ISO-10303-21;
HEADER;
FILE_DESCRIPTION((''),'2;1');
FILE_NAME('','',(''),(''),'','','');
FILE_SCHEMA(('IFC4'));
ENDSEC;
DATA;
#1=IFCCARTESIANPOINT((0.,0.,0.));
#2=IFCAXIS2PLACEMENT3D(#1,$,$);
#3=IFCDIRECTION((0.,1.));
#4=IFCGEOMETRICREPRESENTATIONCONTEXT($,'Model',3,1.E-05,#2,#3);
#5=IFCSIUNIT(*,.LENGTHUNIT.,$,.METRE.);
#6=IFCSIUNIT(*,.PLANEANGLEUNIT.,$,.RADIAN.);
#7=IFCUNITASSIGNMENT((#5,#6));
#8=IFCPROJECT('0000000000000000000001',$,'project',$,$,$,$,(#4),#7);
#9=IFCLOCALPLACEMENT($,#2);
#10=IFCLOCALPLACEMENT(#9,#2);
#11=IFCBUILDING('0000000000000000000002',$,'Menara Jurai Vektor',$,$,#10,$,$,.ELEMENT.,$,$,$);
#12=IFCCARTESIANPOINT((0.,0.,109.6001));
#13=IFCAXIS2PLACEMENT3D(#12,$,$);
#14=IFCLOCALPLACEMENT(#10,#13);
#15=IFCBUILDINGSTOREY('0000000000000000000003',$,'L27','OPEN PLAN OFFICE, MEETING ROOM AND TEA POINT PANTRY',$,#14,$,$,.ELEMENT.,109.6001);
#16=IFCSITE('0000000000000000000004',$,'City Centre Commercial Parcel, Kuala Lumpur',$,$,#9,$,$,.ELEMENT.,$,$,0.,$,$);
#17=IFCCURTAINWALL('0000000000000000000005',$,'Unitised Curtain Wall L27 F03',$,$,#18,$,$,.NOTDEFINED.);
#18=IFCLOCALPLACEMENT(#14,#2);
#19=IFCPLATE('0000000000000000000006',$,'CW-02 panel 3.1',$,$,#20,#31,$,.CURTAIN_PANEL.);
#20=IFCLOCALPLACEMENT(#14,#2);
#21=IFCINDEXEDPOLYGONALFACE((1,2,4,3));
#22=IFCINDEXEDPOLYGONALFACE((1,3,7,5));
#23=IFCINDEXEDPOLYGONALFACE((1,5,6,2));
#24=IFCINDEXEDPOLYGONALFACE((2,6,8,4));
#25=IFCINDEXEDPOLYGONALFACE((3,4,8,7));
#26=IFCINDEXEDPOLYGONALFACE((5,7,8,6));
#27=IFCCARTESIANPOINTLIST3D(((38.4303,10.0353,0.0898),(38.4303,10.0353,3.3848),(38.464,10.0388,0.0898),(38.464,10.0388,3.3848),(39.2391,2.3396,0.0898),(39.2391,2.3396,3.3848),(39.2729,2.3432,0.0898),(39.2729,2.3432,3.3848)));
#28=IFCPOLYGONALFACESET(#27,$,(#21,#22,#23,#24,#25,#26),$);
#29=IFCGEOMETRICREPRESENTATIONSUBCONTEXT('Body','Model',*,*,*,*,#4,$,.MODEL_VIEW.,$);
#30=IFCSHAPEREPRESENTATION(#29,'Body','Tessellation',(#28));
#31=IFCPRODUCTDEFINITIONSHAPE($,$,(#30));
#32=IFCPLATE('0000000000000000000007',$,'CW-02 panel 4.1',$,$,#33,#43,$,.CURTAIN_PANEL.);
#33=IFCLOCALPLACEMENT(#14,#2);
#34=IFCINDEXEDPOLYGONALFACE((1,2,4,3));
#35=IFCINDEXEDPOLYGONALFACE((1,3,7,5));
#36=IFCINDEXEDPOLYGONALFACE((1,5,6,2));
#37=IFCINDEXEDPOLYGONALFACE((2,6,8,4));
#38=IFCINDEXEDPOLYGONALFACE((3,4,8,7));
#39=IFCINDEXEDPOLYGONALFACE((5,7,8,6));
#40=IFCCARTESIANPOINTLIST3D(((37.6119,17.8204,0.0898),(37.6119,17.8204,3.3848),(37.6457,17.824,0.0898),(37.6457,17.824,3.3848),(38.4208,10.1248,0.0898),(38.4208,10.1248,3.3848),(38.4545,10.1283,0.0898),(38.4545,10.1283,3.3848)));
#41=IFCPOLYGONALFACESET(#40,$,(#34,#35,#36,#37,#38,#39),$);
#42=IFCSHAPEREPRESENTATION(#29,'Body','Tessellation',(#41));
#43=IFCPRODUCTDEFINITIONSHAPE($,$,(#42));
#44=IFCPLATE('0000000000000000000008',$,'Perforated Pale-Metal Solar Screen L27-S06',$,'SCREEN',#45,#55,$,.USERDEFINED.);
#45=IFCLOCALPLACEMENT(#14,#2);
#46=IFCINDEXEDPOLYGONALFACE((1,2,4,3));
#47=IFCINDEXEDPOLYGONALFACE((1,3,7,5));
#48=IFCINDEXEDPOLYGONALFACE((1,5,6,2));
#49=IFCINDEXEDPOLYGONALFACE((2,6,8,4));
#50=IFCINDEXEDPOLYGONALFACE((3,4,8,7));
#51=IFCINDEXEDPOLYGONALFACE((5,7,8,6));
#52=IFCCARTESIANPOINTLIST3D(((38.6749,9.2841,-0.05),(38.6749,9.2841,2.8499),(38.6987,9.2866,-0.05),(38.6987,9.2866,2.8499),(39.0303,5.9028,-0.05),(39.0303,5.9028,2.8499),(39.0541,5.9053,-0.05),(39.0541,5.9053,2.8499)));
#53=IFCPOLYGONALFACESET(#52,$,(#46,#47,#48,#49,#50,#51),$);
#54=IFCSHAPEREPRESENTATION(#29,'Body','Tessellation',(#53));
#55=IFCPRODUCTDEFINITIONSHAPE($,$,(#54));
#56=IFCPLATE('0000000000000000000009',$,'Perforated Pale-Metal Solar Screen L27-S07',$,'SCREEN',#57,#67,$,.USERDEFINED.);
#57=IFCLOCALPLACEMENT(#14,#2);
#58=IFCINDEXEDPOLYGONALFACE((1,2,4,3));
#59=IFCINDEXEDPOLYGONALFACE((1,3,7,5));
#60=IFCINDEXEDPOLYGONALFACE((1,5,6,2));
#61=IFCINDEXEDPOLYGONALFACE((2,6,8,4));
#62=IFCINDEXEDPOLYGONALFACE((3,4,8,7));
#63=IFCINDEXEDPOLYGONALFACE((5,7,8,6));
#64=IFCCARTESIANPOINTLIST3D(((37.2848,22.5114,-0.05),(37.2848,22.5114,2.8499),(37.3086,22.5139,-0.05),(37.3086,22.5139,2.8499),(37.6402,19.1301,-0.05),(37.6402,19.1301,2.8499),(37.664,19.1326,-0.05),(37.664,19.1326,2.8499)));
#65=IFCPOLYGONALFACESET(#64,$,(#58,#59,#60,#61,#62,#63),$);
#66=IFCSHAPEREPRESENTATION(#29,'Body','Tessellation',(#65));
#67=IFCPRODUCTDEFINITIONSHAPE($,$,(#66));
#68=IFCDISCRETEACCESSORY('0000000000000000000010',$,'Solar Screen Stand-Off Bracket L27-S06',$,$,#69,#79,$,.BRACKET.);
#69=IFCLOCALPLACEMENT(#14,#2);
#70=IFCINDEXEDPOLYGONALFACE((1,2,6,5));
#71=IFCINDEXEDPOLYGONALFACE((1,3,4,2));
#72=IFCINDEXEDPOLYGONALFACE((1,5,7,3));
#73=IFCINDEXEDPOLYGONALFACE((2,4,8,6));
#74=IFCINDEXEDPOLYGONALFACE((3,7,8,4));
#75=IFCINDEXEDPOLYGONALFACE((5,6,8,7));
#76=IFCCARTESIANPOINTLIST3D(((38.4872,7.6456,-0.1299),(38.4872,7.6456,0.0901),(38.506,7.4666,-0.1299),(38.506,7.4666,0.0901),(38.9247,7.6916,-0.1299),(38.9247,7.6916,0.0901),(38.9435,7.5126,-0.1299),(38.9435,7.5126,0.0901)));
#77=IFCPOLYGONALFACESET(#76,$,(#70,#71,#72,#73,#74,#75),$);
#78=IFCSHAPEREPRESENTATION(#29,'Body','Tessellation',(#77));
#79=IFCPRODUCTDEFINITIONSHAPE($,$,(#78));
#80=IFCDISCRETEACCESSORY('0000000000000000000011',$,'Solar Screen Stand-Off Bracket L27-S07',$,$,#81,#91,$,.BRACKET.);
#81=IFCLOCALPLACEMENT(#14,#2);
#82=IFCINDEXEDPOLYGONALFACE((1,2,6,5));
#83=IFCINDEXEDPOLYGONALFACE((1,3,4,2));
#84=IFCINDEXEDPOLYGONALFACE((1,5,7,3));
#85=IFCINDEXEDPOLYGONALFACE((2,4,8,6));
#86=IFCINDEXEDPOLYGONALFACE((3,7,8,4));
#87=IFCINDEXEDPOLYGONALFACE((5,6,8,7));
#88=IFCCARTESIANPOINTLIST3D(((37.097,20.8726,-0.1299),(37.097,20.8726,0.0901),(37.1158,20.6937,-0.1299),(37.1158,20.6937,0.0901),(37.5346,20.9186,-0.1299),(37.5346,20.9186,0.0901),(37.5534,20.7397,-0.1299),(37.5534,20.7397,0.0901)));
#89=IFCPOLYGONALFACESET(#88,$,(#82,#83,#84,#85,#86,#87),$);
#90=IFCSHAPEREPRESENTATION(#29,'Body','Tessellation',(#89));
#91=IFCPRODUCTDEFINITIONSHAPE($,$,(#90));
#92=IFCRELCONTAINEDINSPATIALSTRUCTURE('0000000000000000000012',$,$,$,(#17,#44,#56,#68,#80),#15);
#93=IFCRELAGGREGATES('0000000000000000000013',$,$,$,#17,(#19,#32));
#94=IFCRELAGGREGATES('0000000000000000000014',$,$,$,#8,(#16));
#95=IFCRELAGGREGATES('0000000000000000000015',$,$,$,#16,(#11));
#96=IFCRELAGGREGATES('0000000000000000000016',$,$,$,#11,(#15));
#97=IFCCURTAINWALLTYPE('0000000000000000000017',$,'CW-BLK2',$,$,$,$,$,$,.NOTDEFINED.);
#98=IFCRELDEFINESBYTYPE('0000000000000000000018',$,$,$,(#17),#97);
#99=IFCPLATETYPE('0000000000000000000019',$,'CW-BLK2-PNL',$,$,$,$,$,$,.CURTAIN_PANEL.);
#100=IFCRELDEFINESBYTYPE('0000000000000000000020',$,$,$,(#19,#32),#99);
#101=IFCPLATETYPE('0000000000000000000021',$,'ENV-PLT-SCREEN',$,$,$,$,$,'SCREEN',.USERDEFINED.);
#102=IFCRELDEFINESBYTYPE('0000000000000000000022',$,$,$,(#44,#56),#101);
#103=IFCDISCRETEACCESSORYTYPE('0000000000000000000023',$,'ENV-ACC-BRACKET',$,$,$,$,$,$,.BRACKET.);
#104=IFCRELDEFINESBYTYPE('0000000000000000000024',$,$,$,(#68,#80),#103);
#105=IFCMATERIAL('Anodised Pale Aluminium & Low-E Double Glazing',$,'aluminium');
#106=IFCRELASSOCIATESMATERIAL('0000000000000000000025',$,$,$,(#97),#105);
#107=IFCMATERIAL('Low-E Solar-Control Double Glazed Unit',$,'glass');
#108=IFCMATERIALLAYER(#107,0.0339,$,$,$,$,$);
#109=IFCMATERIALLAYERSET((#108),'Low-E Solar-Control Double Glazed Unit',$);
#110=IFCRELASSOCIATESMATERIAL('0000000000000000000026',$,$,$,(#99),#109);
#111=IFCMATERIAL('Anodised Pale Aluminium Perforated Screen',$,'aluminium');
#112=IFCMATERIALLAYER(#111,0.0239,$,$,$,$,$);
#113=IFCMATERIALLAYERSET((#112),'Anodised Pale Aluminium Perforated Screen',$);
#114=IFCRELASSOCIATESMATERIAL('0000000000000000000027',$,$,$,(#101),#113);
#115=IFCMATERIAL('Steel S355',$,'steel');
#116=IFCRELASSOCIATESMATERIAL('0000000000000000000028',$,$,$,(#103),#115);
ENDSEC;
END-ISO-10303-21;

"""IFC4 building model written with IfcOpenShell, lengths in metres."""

from ifc_helpers import new_model, si_unit, direction, frame, origin, origin_2d, place, context, subcontext, project, spatial, rectangle, extrude, material, layer, layer_set, type_object, element, aggregate, save


model = new_model("IFC4")

# Units and contexts
model_context = context("Model", 3, precision=1e-05, world=origin(), true_north=direction((0.0, 1.0)))
body_context = subcontext(model_context, "Body", "Model", "MODEL_VIEW")
ifc_project = project(units=[si_unit("LENGTHUNIT", "METRE"), si_unit("PLANEANGLEUNIT", "RADIAN")], contexts=[model_context])

# Site, building, storey
site_placement = place(None, origin())
site = spatial("IfcSite", under=ifc_project, at=site_placement, Name="City Centre Commercial Parcel, Kuala Lumpur", CompositionType="ELEMENT", RefElevation=0.0)
building_placement = place(site_placement, origin())
building = spatial("IfcBuilding", under=site, at=building_placement, Name="Menara Jurai Vektor", CompositionType="ELEMENT")
storey_placement = place(building_placement, frame((0.0, 0.0, 109.6001)))
storey = spatial("IfcBuildingStorey", under=building, at=storey_placement, Name="L27", Description="OPEN PLAN OFFICE, MEETING ROOM AND TEA POINT PANTRY", CompositionType="ELEMENT", Elevation=109.6001)

# Curtain wall
ifc_material_1 = material(Name="Anodised Pale Aluminium & Low-E Double Glazing", Category="aluminium")
curtain_wall_type = type_object("IfcCurtainWallType", Name="CW-BLK2", PredefinedType="NOTDEFINED", material=ifc_material_1)
curtain_wall_placement = place(storey_placement, origin())
curtain_wall = element("IfcCurtainWall", 1, at=curtain_wall_placement, inside=storey, type_object=curtain_wall_type, Name="Unitised Curtain Wall L27 F03", PredefinedType="NOTDEFINED")

# Shared definitions
ifc_material_2 = material(Name="Steel S355", Category="steel")

# Plates
ifc_material_3 = material(Name="Low-E Solar-Control Double Glazed Unit", Category="glass")
ifc_layer_1 = layer(ifc_material_3, 0.0339)
ifc_layer_set_1 = layer_set([ifc_layer_1], Name="Low-E Solar-Control Double Glazed Unit")
plate_type_1 = type_object("IfcPlateType", Name="CW-BLK2-PNL", PredefinedType="CURTAIN_PANEL", material=ifc_layer_set_1)
plate_1_placement = place(storey_placement, frame((38.8516, 6.1892, 0.0898), z_axis=(0.0, 0.0, 1.0), x_axis=(-0.10453, 0.994522, 0.0)))
plate_1 = element("IfcPlate", 2, at=plate_1_placement, type_object=plate_type_1, Name="CW-02 panel 3.1", PredefinedType="CURTAIN_PANEL", context=body_context, shape_type="SweptSolid", body=[
    extrude(rectangle(XDim=7.738, YDim=0.0339, at=origin_2d()), origin(), (0.0, 0.0, 1.0), 3.2949),
])
plate_2_placement = place(storey_placement, frame((38.0332, 13.9744, 0.0898), z_axis=(0.0, 0.0, 1.0), x_axis=(-0.10453, 0.994522, 0.0)))
plate_2 = element("IfcPlate", 3, at=plate_2_placement, type_object=plate_type_1, Name="CW-02 panel 4.1", PredefinedType="CURTAIN_PANEL", context=body_context, shape_type="SweptSolid", body=[
    extrude(rectangle(XDim=7.738, YDim=0.0339, at=origin_2d()), origin(), (0.0, 0.0, 1.0), 3.2949),
])
aggregate(curtain_wall, [plate_1, plate_2])

# Plates
ifc_material_4 = material(Name="Anodised Pale Aluminium Perforated Screen", Category="aluminium")
ifc_layer_2 = layer(ifc_material_4, 0.0239)
ifc_layer_set_2 = layer_set([ifc_layer_2], Name="Anodised Pale Aluminium Perforated Screen")
plate_type_2 = type_object("IfcPlateType", Name="ENV-PLT-SCREEN", ElementType="SCREEN", PredefinedType="USERDEFINED", material=ifc_layer_set_2)
for number, where, z_axis, x_axis, name in (
    (4, (38.8645, 7.5947, -0.05), (0.0, 0.0, 1.0), (-0.104528, 0.994522, 0.0), "Perforated Pale-Metal Solar Screen L27-S06"),
    (5, (37.4744, 20.822, -0.05), (0.0, 0.0, 1.0), (-0.104528, 0.994522, 0.0), "Perforated Pale-Metal Solar Screen L27-S07"),
):
    element("IfcPlate", number, at=place(storey_placement, frame(where, z_axis=z_axis, x_axis=x_axis)), inside=storey, type_object=plate_type_2, Name=name, ObjectType="SCREEN", PredefinedType="USERDEFINED", context=body_context, shape_type="SweptSolid", body=[
        extrude(rectangle(XDim=3.3999, YDim=0.0239, at=origin_2d()), origin(), (0.0, 0.0, 1.0), 2.8999),
    ])

# Discrete accessories
discrete_accessory_type = type_object("IfcDiscreteAccessoryType", Name="ENV-ACC-BRACKET", PredefinedType="BRACKET", material=ifc_material_2)
for number, where, z_axis, x_axis, name in (
    (6, (38.7153, 7.5791, -0.1299), (0.0, 0.0, 1.0), (-0.104528, 0.994522, 0.0), "Solar Screen Stand-Off Bracket L27-S06"),
    (7, (37.3252, 20.8062, -0.1299), (0.0, 0.0, 1.0), (-0.104528, 0.994522, 0.0), "Solar Screen Stand-Off Bracket L27-S07"),
):
    element("IfcDiscreteAccessory", number, at=place(storey_placement, frame(where, z_axis=z_axis, x_axis=x_axis)), inside=storey, type_object=discrete_accessory_type, Name=name, PredefinedType="BRACKET", context=body_context, shape_type="SweptSolid", body=[
        extrude(rectangle(XDim=0.1799, YDim=0.4399, at=origin_2d()), origin(), (0.0, 0.0, 1.0), 0.22),
    ])

save(model, "model.ifc")
